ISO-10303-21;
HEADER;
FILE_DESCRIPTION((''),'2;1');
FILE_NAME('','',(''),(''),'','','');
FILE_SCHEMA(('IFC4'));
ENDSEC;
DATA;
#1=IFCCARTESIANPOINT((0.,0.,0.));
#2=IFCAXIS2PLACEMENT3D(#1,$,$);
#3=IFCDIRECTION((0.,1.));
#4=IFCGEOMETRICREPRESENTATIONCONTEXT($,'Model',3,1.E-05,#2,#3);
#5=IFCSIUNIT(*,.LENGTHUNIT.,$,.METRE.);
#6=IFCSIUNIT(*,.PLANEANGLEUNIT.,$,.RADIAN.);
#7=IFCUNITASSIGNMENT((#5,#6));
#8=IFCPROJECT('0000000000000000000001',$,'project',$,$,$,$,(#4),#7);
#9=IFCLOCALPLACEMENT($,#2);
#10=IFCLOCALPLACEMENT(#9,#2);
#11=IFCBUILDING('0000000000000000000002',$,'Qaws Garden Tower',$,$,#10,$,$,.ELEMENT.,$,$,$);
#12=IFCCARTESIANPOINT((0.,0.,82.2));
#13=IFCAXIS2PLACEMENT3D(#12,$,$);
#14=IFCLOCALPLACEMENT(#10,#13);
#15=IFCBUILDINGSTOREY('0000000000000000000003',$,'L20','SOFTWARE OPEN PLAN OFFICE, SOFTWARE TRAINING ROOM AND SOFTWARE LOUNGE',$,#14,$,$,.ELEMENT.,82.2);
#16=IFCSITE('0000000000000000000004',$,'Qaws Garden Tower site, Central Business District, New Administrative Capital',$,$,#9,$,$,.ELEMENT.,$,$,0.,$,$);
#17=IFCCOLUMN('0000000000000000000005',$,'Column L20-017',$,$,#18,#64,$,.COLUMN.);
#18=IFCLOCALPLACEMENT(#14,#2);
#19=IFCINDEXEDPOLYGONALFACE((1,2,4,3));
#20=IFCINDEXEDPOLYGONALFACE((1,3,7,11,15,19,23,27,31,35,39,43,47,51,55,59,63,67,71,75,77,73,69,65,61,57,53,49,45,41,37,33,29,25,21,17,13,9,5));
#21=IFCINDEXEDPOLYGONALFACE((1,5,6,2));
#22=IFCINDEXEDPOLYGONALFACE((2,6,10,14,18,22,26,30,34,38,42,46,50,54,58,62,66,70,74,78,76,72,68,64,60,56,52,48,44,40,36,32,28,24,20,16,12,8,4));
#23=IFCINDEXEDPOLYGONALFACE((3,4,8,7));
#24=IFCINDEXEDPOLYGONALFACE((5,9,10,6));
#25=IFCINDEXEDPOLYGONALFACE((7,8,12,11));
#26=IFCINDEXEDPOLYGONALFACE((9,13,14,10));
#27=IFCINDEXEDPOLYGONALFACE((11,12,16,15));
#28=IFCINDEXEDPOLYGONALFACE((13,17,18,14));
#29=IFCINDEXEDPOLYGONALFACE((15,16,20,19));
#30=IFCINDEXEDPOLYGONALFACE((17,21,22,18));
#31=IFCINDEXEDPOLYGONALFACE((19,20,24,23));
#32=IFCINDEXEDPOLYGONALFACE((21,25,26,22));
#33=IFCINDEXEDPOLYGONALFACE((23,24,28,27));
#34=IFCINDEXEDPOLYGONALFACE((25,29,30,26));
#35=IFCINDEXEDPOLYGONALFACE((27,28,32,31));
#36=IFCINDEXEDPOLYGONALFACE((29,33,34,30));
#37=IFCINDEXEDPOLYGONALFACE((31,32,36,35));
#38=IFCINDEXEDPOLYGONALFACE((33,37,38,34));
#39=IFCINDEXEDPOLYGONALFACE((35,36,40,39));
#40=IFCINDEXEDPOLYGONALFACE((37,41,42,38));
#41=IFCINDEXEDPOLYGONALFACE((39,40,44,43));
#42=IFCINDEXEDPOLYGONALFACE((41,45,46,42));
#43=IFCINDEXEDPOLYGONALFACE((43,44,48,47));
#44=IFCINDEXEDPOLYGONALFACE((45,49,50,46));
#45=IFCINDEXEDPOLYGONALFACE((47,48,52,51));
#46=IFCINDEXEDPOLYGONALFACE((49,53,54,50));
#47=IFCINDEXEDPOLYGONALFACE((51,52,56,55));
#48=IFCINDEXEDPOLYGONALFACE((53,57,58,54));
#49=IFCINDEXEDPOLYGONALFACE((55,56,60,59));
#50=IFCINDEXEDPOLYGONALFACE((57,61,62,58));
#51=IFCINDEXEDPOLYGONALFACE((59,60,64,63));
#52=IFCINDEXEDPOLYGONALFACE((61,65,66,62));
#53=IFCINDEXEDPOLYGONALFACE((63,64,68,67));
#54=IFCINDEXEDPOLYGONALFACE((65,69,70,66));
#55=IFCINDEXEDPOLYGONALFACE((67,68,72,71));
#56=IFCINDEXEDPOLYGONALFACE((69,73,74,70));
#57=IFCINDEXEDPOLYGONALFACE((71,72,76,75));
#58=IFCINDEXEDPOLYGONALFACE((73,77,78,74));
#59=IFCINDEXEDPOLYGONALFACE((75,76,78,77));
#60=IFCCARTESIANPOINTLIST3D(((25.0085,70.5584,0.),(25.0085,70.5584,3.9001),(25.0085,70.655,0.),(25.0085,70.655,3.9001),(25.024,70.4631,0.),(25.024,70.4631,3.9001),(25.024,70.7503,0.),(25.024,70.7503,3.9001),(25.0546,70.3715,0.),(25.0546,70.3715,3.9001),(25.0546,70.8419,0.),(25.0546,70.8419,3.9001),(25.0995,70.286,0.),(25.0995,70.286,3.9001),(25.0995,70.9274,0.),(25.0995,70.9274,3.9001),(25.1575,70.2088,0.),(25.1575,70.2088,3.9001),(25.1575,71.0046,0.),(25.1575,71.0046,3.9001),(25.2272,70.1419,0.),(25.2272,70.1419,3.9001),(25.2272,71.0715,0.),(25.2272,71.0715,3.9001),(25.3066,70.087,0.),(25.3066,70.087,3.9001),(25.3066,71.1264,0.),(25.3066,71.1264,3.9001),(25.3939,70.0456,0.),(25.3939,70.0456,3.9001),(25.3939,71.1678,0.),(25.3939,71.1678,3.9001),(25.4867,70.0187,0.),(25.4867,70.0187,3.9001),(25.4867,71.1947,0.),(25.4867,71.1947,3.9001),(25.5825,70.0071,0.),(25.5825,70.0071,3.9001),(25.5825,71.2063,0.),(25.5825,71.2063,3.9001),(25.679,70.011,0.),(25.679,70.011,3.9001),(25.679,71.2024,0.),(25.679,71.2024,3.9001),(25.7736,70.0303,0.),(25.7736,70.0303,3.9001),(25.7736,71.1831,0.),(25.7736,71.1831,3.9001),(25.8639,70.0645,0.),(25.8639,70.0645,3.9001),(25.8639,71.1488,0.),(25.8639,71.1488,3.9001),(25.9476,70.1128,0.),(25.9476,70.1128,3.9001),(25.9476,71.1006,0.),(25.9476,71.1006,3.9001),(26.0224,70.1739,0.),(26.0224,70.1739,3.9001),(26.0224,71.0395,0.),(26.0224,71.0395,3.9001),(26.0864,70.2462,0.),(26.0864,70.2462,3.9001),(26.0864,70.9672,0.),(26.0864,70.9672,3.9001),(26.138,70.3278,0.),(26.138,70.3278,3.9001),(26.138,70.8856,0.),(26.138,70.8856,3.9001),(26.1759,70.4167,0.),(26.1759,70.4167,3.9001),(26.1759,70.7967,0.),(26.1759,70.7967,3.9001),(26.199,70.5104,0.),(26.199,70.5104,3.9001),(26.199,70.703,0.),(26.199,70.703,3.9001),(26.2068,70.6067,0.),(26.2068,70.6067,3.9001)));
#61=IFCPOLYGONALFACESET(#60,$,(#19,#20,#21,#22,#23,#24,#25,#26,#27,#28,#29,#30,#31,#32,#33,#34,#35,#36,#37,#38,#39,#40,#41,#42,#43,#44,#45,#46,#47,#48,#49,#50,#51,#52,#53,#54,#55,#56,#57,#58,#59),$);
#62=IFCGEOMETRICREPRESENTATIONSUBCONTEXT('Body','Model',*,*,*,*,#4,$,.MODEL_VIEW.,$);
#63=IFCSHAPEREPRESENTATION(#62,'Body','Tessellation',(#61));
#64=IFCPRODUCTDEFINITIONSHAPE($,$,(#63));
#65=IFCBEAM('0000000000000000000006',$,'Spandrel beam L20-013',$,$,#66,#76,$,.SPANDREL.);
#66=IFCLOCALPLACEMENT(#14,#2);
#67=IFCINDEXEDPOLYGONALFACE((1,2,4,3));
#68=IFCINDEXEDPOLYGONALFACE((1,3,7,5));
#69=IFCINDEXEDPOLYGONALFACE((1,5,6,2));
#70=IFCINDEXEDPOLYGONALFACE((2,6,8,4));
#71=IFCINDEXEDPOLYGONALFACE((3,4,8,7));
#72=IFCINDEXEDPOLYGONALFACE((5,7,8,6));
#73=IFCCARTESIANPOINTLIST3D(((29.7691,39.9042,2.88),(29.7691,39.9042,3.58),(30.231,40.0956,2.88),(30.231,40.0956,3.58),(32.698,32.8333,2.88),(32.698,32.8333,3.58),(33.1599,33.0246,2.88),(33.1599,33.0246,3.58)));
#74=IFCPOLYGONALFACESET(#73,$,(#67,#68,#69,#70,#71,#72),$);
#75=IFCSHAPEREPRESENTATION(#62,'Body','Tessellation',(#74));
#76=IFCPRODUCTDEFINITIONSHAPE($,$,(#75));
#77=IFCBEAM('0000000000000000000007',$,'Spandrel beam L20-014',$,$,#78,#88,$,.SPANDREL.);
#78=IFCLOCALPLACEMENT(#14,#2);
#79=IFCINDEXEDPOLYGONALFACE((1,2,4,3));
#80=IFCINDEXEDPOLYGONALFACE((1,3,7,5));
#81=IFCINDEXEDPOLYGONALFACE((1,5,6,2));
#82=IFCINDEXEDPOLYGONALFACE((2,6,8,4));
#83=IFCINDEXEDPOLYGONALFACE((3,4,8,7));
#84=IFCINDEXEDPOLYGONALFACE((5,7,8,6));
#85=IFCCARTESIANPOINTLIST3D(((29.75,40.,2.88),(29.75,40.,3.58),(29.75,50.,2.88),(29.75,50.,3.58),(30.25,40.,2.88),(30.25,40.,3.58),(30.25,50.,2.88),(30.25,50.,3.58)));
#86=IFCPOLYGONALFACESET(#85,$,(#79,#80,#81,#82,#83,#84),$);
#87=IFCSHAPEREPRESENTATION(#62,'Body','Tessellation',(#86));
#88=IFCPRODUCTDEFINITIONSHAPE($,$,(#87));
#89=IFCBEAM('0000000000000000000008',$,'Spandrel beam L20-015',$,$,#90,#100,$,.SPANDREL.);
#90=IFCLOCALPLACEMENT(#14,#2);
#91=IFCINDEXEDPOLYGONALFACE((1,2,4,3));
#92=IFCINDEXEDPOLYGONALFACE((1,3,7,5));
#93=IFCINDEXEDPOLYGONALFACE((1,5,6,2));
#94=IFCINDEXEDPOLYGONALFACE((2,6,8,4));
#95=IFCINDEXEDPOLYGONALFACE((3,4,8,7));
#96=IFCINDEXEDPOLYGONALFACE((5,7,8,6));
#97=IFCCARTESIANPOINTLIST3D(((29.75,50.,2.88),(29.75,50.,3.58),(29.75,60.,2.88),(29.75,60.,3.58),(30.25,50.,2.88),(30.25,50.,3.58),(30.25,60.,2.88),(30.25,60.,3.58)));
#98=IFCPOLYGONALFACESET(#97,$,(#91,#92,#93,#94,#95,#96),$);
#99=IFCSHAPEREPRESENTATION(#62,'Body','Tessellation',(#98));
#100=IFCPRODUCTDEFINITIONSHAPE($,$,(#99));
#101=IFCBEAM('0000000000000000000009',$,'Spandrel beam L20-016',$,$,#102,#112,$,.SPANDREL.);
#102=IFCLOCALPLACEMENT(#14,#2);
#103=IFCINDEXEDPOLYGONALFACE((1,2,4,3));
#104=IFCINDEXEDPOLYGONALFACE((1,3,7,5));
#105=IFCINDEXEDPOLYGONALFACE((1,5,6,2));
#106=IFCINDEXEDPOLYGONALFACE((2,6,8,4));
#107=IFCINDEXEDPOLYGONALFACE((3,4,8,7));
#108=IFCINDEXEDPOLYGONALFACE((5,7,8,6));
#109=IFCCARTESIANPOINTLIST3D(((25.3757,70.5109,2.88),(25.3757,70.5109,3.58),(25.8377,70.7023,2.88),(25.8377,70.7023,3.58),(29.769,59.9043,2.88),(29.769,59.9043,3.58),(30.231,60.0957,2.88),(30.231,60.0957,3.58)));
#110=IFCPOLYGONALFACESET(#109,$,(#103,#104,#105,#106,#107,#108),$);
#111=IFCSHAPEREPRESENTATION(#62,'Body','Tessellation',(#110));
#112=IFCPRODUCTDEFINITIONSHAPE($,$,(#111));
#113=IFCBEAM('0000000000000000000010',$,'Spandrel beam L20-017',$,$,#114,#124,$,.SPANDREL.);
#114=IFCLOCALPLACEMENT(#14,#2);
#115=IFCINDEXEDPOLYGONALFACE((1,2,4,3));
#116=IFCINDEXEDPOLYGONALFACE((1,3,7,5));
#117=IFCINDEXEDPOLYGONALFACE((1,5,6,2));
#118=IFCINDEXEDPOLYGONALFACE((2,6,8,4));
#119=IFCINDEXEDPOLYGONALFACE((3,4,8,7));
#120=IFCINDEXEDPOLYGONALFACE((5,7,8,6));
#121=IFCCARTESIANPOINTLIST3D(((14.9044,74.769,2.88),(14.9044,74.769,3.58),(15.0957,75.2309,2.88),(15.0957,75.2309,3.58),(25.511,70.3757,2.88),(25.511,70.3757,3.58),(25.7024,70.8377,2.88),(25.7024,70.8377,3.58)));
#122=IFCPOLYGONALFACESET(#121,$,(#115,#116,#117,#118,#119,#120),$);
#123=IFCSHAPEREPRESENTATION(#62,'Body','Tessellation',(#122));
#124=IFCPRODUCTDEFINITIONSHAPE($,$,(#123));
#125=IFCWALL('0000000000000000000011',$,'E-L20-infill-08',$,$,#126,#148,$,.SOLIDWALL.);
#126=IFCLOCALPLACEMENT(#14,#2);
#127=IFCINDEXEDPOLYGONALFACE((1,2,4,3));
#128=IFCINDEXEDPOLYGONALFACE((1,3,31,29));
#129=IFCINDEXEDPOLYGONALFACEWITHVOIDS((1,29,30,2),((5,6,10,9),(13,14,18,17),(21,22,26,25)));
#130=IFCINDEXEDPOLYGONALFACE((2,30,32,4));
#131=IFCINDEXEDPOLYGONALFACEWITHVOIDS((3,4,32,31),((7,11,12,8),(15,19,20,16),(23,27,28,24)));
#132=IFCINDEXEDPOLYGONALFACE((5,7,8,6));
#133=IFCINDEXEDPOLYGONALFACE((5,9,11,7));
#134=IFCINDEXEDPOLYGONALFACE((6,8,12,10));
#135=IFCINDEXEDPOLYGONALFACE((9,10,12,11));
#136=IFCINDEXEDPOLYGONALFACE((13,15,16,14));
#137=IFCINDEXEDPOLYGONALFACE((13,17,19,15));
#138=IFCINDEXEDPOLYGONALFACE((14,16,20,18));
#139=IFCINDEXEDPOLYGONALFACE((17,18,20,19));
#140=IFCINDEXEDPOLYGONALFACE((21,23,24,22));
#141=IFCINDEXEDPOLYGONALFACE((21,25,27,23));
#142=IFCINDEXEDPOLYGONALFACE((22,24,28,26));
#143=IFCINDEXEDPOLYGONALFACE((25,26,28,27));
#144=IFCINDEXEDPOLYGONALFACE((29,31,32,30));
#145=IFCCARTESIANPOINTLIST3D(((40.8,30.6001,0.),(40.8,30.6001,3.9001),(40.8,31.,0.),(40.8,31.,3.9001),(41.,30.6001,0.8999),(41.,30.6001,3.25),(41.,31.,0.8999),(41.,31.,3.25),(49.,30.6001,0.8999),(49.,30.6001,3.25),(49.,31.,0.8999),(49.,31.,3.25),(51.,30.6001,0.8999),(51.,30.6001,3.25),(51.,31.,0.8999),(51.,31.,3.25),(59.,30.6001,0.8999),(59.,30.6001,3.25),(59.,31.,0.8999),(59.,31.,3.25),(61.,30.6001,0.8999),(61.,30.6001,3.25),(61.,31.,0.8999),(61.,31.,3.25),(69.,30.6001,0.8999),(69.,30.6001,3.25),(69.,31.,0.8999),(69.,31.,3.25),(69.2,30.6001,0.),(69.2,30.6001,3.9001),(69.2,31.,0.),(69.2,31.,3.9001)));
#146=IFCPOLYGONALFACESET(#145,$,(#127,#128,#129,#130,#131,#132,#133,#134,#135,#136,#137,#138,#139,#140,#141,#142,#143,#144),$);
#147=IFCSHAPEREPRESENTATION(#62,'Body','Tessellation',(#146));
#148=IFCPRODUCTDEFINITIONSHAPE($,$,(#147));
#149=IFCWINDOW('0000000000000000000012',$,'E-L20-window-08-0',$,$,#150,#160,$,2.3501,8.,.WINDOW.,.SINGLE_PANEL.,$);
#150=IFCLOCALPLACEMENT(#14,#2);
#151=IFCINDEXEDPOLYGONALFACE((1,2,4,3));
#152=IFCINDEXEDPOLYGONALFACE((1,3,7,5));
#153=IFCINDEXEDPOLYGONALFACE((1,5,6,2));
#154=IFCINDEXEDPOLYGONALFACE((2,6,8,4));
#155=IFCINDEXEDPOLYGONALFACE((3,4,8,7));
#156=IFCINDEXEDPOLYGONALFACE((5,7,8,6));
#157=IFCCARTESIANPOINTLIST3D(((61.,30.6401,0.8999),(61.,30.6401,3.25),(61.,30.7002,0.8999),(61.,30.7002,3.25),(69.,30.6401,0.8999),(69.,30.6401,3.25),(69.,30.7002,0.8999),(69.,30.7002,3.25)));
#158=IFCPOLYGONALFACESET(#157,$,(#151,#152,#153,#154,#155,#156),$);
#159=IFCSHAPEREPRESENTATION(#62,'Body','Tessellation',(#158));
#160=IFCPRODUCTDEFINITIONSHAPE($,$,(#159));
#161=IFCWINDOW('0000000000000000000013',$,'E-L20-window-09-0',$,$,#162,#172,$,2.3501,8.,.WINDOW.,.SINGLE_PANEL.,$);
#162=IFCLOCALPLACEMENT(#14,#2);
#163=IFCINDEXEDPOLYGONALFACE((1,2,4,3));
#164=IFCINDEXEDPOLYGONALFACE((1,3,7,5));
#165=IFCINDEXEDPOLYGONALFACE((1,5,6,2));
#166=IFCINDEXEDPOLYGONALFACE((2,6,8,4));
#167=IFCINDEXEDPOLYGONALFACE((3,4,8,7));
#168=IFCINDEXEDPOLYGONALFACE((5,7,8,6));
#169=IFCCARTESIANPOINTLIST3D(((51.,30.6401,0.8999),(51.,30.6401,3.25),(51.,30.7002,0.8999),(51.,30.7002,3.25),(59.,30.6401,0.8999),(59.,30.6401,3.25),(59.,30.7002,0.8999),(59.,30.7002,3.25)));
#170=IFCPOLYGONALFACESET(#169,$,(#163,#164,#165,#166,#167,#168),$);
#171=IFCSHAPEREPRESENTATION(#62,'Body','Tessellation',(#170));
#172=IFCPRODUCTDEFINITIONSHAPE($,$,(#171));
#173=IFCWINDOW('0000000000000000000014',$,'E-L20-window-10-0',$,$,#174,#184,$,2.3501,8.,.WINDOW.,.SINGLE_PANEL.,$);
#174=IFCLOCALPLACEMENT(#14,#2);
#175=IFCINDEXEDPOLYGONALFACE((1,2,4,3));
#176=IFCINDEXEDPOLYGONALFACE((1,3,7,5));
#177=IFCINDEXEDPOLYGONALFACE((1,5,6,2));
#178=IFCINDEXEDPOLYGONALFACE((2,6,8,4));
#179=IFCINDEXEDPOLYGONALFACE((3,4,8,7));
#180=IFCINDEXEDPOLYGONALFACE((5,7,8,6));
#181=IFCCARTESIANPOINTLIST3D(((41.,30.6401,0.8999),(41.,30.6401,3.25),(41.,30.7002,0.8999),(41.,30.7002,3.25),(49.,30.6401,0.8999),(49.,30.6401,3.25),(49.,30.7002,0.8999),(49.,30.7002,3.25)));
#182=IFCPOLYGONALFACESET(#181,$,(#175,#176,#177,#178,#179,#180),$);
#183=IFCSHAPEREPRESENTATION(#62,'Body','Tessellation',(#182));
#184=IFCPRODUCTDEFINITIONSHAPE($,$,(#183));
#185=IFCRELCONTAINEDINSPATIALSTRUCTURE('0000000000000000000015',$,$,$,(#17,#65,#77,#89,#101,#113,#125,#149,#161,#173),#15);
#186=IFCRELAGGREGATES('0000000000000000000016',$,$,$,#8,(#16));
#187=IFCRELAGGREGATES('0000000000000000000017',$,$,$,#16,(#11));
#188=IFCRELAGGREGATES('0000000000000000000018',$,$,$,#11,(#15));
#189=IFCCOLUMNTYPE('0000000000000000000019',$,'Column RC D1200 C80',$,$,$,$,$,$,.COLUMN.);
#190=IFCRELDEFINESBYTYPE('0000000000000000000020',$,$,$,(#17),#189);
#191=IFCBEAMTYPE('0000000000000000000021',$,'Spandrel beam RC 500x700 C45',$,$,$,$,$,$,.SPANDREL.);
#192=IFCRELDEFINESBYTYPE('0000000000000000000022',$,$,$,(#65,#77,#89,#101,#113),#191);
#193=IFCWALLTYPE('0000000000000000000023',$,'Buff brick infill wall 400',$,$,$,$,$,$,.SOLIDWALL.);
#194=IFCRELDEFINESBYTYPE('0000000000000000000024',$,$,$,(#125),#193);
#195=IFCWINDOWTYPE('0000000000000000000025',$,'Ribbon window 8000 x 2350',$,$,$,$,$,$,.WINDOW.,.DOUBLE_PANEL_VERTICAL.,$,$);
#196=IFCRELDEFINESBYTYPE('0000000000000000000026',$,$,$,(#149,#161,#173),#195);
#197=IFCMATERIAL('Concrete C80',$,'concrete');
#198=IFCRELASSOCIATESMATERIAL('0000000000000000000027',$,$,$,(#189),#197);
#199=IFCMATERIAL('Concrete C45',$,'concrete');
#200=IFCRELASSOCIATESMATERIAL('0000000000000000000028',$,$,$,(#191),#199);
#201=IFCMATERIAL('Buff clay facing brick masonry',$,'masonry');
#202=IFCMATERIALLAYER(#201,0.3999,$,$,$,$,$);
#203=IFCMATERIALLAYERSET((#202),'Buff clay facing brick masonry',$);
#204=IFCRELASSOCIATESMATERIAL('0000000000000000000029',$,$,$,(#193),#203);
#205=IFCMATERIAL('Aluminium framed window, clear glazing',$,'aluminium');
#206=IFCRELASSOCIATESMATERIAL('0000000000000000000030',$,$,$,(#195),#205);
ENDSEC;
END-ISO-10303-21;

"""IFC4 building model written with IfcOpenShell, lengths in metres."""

from ifc_helpers import new_model, si_unit, direction, frame, frame_2d, origin, origin_2d, place, context, subcontext, project, spatial, rectangle, circle, extrude, material, layer, layer_set, material_profile, profile_set, type_object, element, fill, save


model = new_model("IFC4")

# Units and contexts
model_context = context("Model", 3, precision=1e-05, world=origin(), true_north=direction((0.0, 1.0)))
body_context = subcontext(model_context, "Body", "Model", "MODEL_VIEW")
ifc_project = project(units=[si_unit("LENGTHUNIT", "METRE"), si_unit("PLANEANGLEUNIT", "RADIAN")], contexts=[model_context])

# Site, building, storey
site_placement = place(None, origin())
site = spatial("IfcSite", under=ifc_project, at=site_placement, Name="Qaws Garden Tower site, Central Business District, New Administrative Capital", CompositionType="ELEMENT", RefElevation=0.0)
building_placement = place(site_placement, origin())
building = spatial("IfcBuilding", under=site, at=building_placement, Name="Qaws Garden Tower", CompositionType="ELEMENT")
storey_placement = place(building_placement, frame((0.0, 0.0, 82.2)))
storey = spatial("IfcBuildingStorey", under=building, at=storey_placement, Name="L20", Description="SOFTWARE OPEN PLAN OFFICE, SOFTWARE TRAINING ROOM AND SOFTWARE LOUNGE", CompositionType="ELEMENT", Elevation=82.2)

# Column
ifc_material_1 = material(Name="Concrete C80", Category="concrete")
ifc_material_profile_1 = material_profile(ifc_material_1, circle(Radius=0.6001, at=origin_2d()), Name="RC D1200")
ifc_profile_set_1 = profile_set([ifc_material_profile_1], Name="Concrete C80")
column_type_1 = type_object("IfcColumnType", Name="Column RC D1200 C80", PredefinedType="COLUMN", material=ifc_profile_set_1)
for number, where, z_axis, x_axis, name in (
    (1, (25.6067, 70.6067, 0.0), (0.0, 0.0, 1.0), (1.0, 0.0, 0.0), "Column L20-017"),
):
    element("IfcColumn", number, at=place(storey_placement, frame(where, z_axis=z_axis, x_axis=x_axis)), inside=storey, type_object=column_type_1, Name=name, PredefinedType="COLUMN", context=body_context, shape_type="SweptSolid", body=[
        extrude(circle(Radius=0.6001, at=origin_2d()), origin(), (0.0, 0.0, 1.0), 3.9001),
    ])

# Beams
ifc_material_2 = material(Name="Concrete C45", Category="concrete")
ifc_material_profile_2 = material_profile(ifc_material_2, rectangle(XDim=0.5, YDim=0.7, at=origin_2d()), Name="RC 500x700")
ifc_profile_set_2 = profile_set([ifc_material_profile_2], Name="Concrete C45")
beam_type = type_object("IfcBeamType", Name="Spandrel beam RC 500x700 C45", PredefinedType="SPANDREL", material=ifc_profile_set_2)
beam_placement = place(storey_placement, frame((32.929, 32.929, 3.23), z_axis=(-0.382687, 0.923878, 0.0), x_axis=(-0.923878, -0.382687, 0.0)))
element("IfcBeam", 2, at=beam_placement, inside=storey, type_object=beam_type, Name="Spandrel beam L20-013", PredefinedType="SPANDREL", context=body_context, shape_type="SweptSolid", body=[
    extrude(rectangle(XDim=0.5, YDim=0.7, at=origin_2d()), origin(), (0.0, 0.0, 1.0), 7.6536),
])
for number, where, z_axis, x_axis, name in (
    (3, (30.0, 40.0, 3.23), (0.0, 1.0, 0.0), (-1.0, 0.0, 0.0), "Spandrel beam L20-014"),
    (4, (30.0, 50.0, 3.23), (0.0, 1.0, 0.0), (-1.0, 0.0, 0.0), "Spandrel beam L20-015"),
):
    element("IfcBeam", number, at=place(storey_placement, frame(where, z_axis=z_axis, x_axis=x_axis)), inside=storey, type_object=beam_type, Name=name, PredefinedType="SPANDREL", context=body_context, shape_type="SweptSolid", body=[
        extrude(rectangle(XDim=0.5, YDim=0.7, at=origin_2d()), origin(), (0.0, 0.0, 1.0), 10.0),
    ])
for number, where, z_axis, x_axis, name in (
    (5, (30.0, 60.0, 3.23), (-0.382674, 0.923883, 0.0), (-0.923883, -0.382674, 0.0), "Spandrel beam L20-016"),
    (6, (25.6067, 70.6067, 3.23), (-0.923883, 0.382674, 0.0), (-0.382674, -0.923883, 0.0), "Spandrel beam L20-017"),
):
    element("IfcBeam", number, at=place(storey_placement, frame(where, z_axis=z_axis, x_axis=x_axis)), inside=storey, type_object=beam_type, Name=name, PredefinedType="SPANDREL", context=body_context, shape_type="SweptSolid", body=[
        extrude(rectangle(XDim=0.5, YDim=0.7, at=origin_2d()), origin(), (0.0, 0.0, 1.0), 11.4805),
    ])

# Wall, openings, windows
ifc_material_3 = material(Name="Buff clay facing brick masonry", Category="masonry")
ifc_layer_1 = layer(ifc_material_3, 0.3999)
ifc_layer_set_1 = layer_set([ifc_layer_1], Name="Buff clay facing brick masonry")
wall_type_1 = type_object("IfcWallType", Name="Buff brick infill wall 400", PredefinedType="SOLIDWALL", material=ifc_layer_set_1)
wall_1_placement = place(storey_placement, frame((69.2, 30.8, 0.0), z_axis=(0.0, 0.0, 1.0), x_axis=(-1.0, 0.0, 0.0)))
wall_1 = element("IfcWall", 7, at=wall_1_placement, inside=storey, type_object=wall_type_1, Name="E-L20-infill-08", PredefinedType="SOLIDWALL", context=body_context, shape_type="SweptSolid", body=[
    extrude(rectangle(XDim=28.3999, YDim=0.3999, at=frame_2d((14.2, 0.0))), origin(), (0.0, 0.0, 1.0), 3.9001),
])
opening_1_placement = place(wall_1_placement, frame((0.2, 0.0, 0.8999)))
opening_1 = element("IfcOpeningElement", 8, at=opening_1_placement, cuts=wall_1, PredefinedType="OPENING", context=body_context, shape_type="SweptSolid", body=[
    extrude(rectangle(XDim=8.0, YDim=2.3501, at=frame_2d((4.0, 1.175))), frame((0.0, 0.21, 0.0), z_axis=(0.0, -1.0, 0.0), x_axis=(1.0, 0.0, 0.0)), (0.0, 0.0, 1.0), 0.4199),
])
opening_2_placement = place(wall_1_placement, frame((10.2, 0.0, 0.8999)))
opening_2 = element("IfcOpeningElement", 9, at=opening_2_placement, cuts=wall_1, PredefinedType="OPENING", context=body_context, shape_type="SweptSolid", body=[
    extrude(rectangle(XDim=8.0, YDim=2.3501, at=frame_2d((4.0, 1.175))), frame((0.0, 0.21, 0.0), z_axis=(0.0, -1.0, 0.0), x_axis=(1.0, 0.0, 0.0)), (0.0, 0.0, 1.0), 0.4199),
])
opening_3_placement = place(wall_1_placement, frame((20.2, 0.0, 0.8999)))
opening_3 = element("IfcOpeningElement", 10, at=opening_3_placement, cuts=wall_1, PredefinedType="OPENING", context=body_context, shape_type="SweptSolid", body=[
    extrude(rectangle(XDim=8.0, YDim=2.3501, at=frame_2d((4.0, 1.175))), frame((0.0, 0.21, 0.0), z_axis=(0.0, -1.0, 0.0), x_axis=(1.0, 0.0, 0.0)), (0.0, 0.0, 1.0), 0.4199),
])
ifc_material_4 = material(Name="Aluminium framed window, clear glazing", Category="aluminium")
window_type_1 = type_object("IfcWindowType", Name="Ribbon window 8000 x 2350", PartitioningType="DOUBLE_PANEL_VERTICAL", PredefinedType="WINDOW", material=ifc_material_4)
window_1_placement = place(opening_1_placement, origin())
window_1 = element("IfcWindow", 11, at=window_1_placement, inside=storey, type_object=window_type_1, Name="E-L20-window-08-0", OverallHeight=2.3501, OverallWidth=8.0, PartitioningType="SINGLE_PANEL", PredefinedType="WINDOW", context=body_context, shape_type="SweptSolid", body=[
    extrude(rectangle(XDim=8.0, YDim=2.3501, at=frame_2d((4.0, 1.175))), frame((0.0, 0.1599, 0.0), z_axis=(0.0, -1.0, 0.0), x_axis=(1.0, 0.0, 0.0)), (0.0, 0.0, 1.0), 0.0601),
])
fill(opening_1, window_1)
window_2_placement = place(opening_2_placement, origin())
window_2 = element("IfcWindow", 12, at=window_2_placement, inside=storey, type_object=window_type_1, Name="E-L20-window-09-0", OverallHeight=2.3501, OverallWidth=8.0, PartitioningType="SINGLE_PANEL", PredefinedType="WINDOW", context=body_context, shape_type="SweptSolid", body=[
    extrude(rectangle(XDim=8.0, YDim=2.3501, at=frame_2d((4.0, 1.175))), frame((0.0, 0.1599, 0.0), z_axis=(0.0, -1.0, 0.0), x_axis=(1.0, 0.0, 0.0)), (0.0, 0.0, 1.0), 0.0601),
])
fill(opening_2, window_2)
window_3_placement = place(opening_3_placement, origin())
window_3 = element("IfcWindow", 13, at=window_3_placement, inside=storey, type_object=window_type_1, Name="E-L20-window-10-0", OverallHeight=2.3501, OverallWidth=8.0, PartitioningType="SINGLE_PANEL", PredefinedType="WINDOW", context=body_context, shape_type="SweptSolid", body=[
    extrude(rectangle(XDim=8.0, YDim=2.3501, at=frame_2d((4.0, 1.175))), frame((0.0, 0.1599, 0.0), z_axis=(0.0, -1.0, 0.0), x_axis=(1.0, 0.0, 0.0)), (0.0, 0.0, 1.0), 0.0601),
])
fill(opening_3, window_3)

save(model, "model.ifc")
